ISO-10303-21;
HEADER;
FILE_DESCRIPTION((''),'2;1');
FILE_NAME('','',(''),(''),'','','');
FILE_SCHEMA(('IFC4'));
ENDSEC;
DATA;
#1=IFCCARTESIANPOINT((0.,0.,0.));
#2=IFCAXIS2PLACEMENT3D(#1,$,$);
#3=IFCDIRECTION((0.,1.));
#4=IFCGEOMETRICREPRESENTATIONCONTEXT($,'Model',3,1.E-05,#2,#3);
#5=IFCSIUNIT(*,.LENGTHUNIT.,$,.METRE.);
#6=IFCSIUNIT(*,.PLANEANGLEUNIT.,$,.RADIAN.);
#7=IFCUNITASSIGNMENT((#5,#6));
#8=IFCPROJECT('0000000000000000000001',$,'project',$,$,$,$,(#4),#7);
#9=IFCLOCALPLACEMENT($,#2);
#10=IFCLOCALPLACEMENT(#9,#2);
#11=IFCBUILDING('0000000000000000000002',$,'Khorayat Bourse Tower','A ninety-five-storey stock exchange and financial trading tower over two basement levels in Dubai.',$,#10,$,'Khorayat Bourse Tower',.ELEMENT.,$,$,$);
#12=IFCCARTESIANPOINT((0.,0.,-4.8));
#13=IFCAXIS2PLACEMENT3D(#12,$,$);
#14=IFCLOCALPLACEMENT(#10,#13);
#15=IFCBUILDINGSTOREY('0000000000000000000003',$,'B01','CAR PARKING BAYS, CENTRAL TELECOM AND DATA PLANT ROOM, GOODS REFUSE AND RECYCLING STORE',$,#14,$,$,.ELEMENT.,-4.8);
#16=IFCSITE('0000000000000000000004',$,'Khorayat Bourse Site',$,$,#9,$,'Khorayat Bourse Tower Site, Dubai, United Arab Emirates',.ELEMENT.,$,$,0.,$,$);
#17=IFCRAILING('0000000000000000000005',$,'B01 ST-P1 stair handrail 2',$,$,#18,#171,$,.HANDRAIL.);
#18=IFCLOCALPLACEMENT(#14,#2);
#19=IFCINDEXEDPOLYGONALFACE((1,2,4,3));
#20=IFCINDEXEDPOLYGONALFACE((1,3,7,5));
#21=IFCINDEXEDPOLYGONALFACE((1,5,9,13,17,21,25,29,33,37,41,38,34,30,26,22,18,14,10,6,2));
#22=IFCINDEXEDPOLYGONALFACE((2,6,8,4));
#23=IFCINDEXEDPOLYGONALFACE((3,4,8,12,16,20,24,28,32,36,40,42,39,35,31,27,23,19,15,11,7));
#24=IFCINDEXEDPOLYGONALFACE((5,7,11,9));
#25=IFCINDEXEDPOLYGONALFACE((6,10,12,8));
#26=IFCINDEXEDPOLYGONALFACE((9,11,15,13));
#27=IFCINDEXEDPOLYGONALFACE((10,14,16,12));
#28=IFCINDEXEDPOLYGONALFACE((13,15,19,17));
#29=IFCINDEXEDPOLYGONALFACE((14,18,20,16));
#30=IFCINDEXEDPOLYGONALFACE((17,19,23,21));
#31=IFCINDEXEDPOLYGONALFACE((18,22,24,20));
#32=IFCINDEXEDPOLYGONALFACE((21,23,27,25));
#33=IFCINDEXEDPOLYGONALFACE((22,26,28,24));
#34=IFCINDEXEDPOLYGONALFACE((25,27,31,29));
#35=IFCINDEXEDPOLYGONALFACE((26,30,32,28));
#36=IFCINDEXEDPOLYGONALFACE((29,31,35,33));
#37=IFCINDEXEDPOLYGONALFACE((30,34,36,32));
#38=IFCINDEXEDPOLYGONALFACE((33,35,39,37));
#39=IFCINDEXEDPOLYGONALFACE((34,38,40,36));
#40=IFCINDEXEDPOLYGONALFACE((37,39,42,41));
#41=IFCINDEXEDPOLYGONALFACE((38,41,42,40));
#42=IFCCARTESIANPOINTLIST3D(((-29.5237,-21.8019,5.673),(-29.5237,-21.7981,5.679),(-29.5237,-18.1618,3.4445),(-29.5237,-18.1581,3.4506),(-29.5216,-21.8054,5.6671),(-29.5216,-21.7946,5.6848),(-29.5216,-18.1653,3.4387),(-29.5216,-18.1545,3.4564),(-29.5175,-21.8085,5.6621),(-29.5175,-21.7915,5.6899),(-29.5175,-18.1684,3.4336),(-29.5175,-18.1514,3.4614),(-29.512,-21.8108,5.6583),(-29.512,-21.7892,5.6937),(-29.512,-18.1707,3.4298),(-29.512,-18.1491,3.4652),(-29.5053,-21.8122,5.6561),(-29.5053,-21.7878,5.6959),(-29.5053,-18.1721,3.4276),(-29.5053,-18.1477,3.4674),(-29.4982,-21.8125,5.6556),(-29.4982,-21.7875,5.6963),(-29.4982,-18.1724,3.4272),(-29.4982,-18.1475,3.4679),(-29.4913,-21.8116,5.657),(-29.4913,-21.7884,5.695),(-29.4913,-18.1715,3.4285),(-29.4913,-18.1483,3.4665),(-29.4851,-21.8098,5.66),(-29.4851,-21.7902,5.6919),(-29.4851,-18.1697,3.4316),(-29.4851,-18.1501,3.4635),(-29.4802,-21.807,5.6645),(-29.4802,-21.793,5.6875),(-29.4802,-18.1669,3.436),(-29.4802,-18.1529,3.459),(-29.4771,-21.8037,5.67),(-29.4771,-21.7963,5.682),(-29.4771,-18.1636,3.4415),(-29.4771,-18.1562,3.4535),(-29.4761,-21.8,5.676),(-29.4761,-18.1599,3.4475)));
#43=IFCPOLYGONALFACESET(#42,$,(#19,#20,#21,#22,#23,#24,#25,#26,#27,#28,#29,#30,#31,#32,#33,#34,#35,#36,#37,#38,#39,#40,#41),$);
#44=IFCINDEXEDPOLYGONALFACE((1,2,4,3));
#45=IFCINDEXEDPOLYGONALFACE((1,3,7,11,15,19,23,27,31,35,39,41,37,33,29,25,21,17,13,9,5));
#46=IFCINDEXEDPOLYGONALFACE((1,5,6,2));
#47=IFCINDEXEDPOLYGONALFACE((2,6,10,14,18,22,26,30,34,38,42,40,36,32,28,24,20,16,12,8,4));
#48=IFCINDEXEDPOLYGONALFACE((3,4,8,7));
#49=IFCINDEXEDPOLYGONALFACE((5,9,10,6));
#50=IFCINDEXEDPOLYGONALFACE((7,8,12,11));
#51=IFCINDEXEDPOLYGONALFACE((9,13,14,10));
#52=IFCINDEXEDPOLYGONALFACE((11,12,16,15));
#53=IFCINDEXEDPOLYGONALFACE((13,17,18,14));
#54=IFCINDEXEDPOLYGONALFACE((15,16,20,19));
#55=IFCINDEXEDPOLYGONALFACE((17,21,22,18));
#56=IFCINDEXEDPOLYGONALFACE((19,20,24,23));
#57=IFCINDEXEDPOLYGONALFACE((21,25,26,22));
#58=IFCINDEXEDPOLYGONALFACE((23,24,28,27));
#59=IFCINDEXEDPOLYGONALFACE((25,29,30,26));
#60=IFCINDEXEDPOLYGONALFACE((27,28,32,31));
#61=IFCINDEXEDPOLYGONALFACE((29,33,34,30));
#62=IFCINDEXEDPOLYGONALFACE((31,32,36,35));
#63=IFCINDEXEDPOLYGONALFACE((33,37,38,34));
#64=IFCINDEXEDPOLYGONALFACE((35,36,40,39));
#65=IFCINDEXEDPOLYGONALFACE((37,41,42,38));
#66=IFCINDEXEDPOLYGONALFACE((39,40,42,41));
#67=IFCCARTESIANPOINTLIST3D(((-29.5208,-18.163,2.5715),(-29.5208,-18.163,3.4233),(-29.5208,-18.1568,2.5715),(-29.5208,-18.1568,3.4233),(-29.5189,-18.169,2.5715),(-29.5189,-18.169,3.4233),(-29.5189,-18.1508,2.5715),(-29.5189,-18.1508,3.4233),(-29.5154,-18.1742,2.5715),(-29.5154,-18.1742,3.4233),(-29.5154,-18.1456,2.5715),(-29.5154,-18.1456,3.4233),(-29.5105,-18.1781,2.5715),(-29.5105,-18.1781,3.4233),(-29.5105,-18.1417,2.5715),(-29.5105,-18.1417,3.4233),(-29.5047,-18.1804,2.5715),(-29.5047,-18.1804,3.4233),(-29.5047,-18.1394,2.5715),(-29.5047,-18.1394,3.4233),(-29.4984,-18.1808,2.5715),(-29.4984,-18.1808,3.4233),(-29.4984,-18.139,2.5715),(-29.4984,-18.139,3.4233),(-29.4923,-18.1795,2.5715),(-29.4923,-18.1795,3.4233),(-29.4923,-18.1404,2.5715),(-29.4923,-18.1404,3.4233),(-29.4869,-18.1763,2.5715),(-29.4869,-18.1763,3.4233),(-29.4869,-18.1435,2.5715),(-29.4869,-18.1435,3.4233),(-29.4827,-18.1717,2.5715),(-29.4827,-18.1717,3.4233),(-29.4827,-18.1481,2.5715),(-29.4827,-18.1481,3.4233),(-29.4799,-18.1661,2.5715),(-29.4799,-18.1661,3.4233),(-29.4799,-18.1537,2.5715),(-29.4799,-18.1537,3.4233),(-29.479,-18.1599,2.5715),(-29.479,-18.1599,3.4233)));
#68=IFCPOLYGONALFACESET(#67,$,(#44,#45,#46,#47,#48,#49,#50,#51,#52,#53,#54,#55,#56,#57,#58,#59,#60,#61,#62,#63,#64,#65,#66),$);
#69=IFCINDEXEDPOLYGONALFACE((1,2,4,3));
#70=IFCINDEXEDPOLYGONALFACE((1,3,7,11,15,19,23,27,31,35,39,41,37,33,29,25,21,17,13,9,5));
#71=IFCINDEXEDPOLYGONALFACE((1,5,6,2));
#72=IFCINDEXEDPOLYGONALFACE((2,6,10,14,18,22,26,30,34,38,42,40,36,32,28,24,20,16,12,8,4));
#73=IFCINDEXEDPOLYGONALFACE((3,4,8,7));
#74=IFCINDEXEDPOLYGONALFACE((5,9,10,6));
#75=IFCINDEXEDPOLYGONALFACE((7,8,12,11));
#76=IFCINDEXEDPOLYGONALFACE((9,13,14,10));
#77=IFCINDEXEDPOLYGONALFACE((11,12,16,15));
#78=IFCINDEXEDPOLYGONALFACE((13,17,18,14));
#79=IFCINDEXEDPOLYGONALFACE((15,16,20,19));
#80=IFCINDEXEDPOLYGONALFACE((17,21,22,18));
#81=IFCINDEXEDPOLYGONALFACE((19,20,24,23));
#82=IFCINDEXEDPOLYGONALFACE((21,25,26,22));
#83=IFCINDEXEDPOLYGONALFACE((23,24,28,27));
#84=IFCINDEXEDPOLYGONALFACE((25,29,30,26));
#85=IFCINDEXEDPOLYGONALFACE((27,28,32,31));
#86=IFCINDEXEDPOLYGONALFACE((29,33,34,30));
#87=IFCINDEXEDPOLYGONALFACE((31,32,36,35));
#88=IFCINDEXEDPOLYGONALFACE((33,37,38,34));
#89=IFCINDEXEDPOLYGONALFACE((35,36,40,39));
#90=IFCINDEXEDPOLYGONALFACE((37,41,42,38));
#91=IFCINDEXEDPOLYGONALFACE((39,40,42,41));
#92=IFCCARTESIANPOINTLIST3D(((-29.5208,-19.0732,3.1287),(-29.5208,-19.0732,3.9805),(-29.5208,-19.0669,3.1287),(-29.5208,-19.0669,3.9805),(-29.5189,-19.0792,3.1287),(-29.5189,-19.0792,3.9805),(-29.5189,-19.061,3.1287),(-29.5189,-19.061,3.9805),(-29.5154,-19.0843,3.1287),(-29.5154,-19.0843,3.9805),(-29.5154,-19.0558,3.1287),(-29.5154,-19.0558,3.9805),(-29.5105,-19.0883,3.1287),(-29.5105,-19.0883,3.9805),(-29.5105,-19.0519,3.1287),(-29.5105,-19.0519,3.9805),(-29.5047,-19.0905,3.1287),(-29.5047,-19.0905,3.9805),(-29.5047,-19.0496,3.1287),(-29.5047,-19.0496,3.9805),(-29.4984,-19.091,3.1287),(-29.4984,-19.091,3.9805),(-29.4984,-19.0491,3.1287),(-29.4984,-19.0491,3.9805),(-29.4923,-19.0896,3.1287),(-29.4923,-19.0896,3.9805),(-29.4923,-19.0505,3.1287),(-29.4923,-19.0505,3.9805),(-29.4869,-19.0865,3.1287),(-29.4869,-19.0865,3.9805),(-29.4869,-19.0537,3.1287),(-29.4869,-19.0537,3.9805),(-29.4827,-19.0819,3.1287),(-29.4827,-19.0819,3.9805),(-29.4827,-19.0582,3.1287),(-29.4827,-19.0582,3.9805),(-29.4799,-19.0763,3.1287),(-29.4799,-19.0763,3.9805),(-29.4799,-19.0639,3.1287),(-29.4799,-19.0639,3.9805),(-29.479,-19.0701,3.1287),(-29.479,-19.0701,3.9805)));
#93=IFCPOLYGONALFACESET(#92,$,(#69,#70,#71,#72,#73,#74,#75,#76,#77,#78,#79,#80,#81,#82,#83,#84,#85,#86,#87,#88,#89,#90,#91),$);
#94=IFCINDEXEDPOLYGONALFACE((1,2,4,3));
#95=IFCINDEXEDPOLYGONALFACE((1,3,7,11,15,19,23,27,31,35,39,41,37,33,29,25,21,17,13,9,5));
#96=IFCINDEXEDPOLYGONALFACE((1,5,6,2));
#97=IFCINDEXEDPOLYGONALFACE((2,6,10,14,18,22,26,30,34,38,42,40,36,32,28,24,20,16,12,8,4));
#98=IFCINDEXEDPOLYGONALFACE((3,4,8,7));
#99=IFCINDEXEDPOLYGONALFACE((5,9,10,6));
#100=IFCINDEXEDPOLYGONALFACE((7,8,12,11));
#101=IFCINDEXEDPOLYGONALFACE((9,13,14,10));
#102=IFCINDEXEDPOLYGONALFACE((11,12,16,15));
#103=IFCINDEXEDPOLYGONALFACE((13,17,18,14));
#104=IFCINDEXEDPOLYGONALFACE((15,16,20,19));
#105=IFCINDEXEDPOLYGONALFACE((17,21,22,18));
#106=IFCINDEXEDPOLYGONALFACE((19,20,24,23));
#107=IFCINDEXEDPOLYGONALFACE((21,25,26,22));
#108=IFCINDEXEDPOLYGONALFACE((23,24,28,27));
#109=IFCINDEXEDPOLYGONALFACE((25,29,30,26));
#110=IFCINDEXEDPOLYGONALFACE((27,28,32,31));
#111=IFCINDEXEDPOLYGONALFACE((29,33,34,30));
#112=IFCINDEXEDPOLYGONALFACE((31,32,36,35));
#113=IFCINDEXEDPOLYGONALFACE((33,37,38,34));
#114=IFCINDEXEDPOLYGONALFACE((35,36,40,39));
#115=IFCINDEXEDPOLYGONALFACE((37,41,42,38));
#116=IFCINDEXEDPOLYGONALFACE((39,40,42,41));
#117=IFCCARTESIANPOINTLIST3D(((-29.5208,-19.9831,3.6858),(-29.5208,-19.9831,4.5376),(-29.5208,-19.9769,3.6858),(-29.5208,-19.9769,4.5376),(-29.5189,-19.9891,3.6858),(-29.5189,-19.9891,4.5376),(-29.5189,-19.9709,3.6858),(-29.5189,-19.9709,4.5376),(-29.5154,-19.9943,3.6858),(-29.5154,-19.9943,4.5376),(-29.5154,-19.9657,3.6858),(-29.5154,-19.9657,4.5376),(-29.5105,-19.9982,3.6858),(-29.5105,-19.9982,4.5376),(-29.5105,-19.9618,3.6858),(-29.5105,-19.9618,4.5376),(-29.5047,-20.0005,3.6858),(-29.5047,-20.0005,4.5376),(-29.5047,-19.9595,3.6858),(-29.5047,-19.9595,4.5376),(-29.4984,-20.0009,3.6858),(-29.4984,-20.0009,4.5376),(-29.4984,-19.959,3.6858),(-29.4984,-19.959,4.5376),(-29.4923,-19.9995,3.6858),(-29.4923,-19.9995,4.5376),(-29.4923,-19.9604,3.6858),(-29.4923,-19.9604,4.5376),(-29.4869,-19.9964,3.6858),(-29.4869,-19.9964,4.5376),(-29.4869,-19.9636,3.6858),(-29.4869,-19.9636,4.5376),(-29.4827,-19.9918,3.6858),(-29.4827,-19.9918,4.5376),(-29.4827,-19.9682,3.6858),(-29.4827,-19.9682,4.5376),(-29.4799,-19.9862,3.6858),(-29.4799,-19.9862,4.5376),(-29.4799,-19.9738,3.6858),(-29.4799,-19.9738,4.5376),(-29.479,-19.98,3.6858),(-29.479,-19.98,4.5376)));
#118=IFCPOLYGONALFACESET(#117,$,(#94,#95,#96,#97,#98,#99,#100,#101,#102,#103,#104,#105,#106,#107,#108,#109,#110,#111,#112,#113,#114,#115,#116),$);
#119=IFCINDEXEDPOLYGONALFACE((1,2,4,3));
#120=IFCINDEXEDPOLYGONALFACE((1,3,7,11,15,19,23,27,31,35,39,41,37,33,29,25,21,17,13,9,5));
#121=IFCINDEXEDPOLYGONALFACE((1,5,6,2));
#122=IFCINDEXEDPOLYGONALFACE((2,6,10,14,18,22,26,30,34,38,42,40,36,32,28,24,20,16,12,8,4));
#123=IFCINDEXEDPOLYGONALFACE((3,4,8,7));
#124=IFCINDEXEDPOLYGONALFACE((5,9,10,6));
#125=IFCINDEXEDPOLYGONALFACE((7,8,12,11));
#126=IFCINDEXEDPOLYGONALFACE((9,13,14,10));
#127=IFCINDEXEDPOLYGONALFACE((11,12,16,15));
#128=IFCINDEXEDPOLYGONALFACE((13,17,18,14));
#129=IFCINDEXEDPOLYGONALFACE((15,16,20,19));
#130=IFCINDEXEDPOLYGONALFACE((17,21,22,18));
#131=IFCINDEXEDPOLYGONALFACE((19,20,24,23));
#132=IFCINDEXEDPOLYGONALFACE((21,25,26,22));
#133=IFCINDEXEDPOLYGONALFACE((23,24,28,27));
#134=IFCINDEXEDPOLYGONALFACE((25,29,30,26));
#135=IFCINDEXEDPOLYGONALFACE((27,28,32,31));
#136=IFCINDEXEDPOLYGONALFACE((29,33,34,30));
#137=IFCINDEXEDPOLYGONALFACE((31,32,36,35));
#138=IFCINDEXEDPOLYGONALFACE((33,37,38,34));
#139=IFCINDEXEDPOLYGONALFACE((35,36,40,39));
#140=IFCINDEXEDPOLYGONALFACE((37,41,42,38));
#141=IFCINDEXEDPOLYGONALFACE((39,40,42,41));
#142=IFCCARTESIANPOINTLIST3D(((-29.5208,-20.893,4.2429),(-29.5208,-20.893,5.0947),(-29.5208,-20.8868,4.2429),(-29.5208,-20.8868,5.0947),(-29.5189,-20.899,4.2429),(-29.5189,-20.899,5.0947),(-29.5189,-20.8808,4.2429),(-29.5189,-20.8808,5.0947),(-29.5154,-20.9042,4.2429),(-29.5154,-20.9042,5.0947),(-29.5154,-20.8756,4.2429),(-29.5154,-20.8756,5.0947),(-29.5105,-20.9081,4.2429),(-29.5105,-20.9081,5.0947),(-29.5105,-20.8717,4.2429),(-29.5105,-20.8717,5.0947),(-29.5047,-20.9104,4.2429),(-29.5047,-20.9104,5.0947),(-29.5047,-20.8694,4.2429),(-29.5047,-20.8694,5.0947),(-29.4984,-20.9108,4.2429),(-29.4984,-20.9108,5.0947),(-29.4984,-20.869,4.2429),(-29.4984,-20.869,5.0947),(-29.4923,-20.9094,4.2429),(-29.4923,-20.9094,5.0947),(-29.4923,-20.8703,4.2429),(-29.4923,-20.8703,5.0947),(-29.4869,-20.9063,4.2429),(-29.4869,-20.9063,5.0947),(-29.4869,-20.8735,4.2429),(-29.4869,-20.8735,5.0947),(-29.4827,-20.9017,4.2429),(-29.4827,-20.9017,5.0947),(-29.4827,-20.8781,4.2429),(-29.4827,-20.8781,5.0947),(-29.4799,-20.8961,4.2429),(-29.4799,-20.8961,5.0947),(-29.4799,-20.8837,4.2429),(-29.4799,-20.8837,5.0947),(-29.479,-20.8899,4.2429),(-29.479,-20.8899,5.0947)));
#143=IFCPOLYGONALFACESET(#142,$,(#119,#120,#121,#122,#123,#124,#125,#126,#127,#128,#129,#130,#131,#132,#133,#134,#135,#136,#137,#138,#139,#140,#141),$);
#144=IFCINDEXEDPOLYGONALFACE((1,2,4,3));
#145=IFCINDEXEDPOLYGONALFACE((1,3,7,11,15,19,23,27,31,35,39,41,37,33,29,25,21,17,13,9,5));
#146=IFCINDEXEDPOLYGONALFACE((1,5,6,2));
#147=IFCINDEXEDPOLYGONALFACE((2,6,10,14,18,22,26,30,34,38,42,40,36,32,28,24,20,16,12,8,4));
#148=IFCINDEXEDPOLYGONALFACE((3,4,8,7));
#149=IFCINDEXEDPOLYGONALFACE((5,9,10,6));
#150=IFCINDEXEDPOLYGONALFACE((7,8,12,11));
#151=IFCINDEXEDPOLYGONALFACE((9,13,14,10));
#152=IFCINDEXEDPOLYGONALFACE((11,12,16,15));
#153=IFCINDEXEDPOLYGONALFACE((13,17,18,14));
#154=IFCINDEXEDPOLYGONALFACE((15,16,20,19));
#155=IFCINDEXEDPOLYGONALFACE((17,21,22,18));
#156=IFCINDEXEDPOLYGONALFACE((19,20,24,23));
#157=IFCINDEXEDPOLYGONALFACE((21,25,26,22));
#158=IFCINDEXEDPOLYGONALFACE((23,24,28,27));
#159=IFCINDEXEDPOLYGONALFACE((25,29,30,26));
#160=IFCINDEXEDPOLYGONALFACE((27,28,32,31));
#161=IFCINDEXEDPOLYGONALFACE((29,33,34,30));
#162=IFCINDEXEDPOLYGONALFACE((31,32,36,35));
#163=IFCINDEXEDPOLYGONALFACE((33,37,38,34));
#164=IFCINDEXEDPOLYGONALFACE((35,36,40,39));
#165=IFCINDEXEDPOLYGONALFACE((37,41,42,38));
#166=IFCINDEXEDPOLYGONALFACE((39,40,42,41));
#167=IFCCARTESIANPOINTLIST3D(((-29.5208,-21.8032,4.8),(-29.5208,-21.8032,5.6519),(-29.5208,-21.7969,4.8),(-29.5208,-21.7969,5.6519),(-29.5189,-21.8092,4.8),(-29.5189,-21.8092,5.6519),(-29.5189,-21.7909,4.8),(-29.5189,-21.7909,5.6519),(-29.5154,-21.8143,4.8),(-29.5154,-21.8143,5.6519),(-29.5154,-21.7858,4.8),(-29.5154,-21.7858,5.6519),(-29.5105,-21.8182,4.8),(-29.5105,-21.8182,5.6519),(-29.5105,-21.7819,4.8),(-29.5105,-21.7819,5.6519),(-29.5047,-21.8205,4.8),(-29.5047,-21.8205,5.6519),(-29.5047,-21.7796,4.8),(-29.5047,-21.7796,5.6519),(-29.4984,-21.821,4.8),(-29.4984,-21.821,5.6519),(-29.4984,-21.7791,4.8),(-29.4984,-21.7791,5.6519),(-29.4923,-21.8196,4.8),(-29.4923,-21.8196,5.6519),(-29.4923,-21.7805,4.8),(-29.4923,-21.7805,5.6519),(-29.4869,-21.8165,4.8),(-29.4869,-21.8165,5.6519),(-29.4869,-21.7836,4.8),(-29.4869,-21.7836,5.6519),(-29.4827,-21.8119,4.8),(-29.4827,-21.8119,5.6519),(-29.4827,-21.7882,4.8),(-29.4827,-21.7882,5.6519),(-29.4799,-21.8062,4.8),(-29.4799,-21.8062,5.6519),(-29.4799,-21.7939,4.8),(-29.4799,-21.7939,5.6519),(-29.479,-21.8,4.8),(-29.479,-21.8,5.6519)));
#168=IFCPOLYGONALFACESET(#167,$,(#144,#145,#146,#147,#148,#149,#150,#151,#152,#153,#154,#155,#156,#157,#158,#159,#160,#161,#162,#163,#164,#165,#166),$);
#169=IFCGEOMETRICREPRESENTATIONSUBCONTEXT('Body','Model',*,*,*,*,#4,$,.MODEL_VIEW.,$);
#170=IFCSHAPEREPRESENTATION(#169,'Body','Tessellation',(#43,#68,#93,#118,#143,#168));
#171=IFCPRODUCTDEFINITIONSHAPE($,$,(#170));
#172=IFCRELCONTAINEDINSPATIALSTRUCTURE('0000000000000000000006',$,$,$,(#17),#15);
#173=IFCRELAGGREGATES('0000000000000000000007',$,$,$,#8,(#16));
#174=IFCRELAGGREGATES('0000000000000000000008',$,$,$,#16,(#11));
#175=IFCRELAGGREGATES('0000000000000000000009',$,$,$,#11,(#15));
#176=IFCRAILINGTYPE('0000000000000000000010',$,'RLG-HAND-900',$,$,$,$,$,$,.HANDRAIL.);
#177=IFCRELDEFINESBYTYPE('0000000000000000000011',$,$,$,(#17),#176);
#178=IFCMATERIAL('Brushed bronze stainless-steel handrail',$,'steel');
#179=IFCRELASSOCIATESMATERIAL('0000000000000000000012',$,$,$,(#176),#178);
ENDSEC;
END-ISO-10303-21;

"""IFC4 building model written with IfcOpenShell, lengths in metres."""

from ifc_helpers import new_model, si_unit, direction, frame, origin, origin_2d, place, context, subcontext, project, spatial, circle, extrude, source, transform, mapped, material, type_object, element, save


model = new_model("IFC4")

# Units and contexts
model_context = context("Model", 3, precision=1e-05, world=origin(), true_north=direction((0.0, 1.0)))
body_context = subcontext(model_context, "Body", "Model", "MODEL_VIEW")
ifc_project = project(units=[si_unit("LENGTHUNIT", "METRE"), si_unit("PLANEANGLEUNIT", "RADIAN")], contexts=[model_context])

# Site, building, storey
site_placement = place(None, origin())
site = spatial("IfcSite", under=ifc_project, at=site_placement, Name="Khorayat Bourse Site", LongName="Khorayat Bourse Tower Site, Dubai, United Arab Emirates", CompositionType="ELEMENT", RefElevation=0.0)
building_placement = place(site_placement, origin())
building = spatial("IfcBuilding", under=site, at=building_placement, Name="Khorayat Bourse Tower", Description="A ninety-five-storey stock exchange and financial trading tower over two basement levels in Dubai.", LongName="Khorayat Bourse Tower", CompositionType="ELEMENT")
storey_placement = place(building_placement, frame((0.0, 0.0, -4.8)))
storey = spatial("IfcBuildingStorey", under=building, at=storey_placement, Name="B01", Description="CAR PARKING BAYS, CENTRAL TELECOM AND DATA PLANT ROOM, GOODS REFUSE AND RECYCLING STORE", CompositionType="ELEMENT", Elevation=-4.8)

# Railing
ifc_material_1 = material(Name="Brushed bronze stainless-steel handrail", Category="steel")
railing_type_1 = type_object("IfcRailingType", Name="RLG-HAND-900", PredefinedType="HANDRAIL", material=ifc_material_1)
shared_shape_1 = source(origin(), body_context, "Body", "SweptSolid", [
    extrude(circle(Radius=0.0239, at=origin_2d()), frame((0.0, 0.0, 0.876), z_axis=(0.0, -0.852866, 0.52213), x_axis=(1.0, 0.0, 0.0)), (0.0, 0.0, 1.0), 4.2681),
    extrude(circle(Radius=0.021, at=origin_2d()), origin(), (0.0, 0.0, 1.0), 0.8518),
    extrude(circle(Radius=0.021, at=origin_2d()), frame((0.0, -0.9102, 0.5571)), (0.0, 0.0, 1.0), 0.8518),
    extrude(circle(Radius=0.021, at=origin_2d()), frame((0.0, -1.8201, 1.1143)), (0.0, 0.0, 1.0), 0.8518),
    extrude(circle(Radius=0.021, at=origin_2d()), frame((0.0, -2.73, 1.6714)), (0.0, 0.0, 1.0), 0.8518),
    extrude(circle(Radius=0.021, at=origin_2d()), frame((0.0, -3.6401, 2.2285)), (0.0, 0.0, 1.0), 0.8518),
])
railing_1_placement = place(storey_placement, frame((-29.5, -18.1599, 2.5715)))
element("IfcRailing", 1, at=railing_1_placement, inside=storey, type_object=railing_type_1, Name="B01 ST-P1 stair handrail 2", PredefinedType="HANDRAIL", context=body_context, shape_type="MappedRepresentation", body=[
    mapped(shared_shape_1, transform((0.0, 0.0, 0.0), scale=1.0)),
])

save(model, "model.ifc")
